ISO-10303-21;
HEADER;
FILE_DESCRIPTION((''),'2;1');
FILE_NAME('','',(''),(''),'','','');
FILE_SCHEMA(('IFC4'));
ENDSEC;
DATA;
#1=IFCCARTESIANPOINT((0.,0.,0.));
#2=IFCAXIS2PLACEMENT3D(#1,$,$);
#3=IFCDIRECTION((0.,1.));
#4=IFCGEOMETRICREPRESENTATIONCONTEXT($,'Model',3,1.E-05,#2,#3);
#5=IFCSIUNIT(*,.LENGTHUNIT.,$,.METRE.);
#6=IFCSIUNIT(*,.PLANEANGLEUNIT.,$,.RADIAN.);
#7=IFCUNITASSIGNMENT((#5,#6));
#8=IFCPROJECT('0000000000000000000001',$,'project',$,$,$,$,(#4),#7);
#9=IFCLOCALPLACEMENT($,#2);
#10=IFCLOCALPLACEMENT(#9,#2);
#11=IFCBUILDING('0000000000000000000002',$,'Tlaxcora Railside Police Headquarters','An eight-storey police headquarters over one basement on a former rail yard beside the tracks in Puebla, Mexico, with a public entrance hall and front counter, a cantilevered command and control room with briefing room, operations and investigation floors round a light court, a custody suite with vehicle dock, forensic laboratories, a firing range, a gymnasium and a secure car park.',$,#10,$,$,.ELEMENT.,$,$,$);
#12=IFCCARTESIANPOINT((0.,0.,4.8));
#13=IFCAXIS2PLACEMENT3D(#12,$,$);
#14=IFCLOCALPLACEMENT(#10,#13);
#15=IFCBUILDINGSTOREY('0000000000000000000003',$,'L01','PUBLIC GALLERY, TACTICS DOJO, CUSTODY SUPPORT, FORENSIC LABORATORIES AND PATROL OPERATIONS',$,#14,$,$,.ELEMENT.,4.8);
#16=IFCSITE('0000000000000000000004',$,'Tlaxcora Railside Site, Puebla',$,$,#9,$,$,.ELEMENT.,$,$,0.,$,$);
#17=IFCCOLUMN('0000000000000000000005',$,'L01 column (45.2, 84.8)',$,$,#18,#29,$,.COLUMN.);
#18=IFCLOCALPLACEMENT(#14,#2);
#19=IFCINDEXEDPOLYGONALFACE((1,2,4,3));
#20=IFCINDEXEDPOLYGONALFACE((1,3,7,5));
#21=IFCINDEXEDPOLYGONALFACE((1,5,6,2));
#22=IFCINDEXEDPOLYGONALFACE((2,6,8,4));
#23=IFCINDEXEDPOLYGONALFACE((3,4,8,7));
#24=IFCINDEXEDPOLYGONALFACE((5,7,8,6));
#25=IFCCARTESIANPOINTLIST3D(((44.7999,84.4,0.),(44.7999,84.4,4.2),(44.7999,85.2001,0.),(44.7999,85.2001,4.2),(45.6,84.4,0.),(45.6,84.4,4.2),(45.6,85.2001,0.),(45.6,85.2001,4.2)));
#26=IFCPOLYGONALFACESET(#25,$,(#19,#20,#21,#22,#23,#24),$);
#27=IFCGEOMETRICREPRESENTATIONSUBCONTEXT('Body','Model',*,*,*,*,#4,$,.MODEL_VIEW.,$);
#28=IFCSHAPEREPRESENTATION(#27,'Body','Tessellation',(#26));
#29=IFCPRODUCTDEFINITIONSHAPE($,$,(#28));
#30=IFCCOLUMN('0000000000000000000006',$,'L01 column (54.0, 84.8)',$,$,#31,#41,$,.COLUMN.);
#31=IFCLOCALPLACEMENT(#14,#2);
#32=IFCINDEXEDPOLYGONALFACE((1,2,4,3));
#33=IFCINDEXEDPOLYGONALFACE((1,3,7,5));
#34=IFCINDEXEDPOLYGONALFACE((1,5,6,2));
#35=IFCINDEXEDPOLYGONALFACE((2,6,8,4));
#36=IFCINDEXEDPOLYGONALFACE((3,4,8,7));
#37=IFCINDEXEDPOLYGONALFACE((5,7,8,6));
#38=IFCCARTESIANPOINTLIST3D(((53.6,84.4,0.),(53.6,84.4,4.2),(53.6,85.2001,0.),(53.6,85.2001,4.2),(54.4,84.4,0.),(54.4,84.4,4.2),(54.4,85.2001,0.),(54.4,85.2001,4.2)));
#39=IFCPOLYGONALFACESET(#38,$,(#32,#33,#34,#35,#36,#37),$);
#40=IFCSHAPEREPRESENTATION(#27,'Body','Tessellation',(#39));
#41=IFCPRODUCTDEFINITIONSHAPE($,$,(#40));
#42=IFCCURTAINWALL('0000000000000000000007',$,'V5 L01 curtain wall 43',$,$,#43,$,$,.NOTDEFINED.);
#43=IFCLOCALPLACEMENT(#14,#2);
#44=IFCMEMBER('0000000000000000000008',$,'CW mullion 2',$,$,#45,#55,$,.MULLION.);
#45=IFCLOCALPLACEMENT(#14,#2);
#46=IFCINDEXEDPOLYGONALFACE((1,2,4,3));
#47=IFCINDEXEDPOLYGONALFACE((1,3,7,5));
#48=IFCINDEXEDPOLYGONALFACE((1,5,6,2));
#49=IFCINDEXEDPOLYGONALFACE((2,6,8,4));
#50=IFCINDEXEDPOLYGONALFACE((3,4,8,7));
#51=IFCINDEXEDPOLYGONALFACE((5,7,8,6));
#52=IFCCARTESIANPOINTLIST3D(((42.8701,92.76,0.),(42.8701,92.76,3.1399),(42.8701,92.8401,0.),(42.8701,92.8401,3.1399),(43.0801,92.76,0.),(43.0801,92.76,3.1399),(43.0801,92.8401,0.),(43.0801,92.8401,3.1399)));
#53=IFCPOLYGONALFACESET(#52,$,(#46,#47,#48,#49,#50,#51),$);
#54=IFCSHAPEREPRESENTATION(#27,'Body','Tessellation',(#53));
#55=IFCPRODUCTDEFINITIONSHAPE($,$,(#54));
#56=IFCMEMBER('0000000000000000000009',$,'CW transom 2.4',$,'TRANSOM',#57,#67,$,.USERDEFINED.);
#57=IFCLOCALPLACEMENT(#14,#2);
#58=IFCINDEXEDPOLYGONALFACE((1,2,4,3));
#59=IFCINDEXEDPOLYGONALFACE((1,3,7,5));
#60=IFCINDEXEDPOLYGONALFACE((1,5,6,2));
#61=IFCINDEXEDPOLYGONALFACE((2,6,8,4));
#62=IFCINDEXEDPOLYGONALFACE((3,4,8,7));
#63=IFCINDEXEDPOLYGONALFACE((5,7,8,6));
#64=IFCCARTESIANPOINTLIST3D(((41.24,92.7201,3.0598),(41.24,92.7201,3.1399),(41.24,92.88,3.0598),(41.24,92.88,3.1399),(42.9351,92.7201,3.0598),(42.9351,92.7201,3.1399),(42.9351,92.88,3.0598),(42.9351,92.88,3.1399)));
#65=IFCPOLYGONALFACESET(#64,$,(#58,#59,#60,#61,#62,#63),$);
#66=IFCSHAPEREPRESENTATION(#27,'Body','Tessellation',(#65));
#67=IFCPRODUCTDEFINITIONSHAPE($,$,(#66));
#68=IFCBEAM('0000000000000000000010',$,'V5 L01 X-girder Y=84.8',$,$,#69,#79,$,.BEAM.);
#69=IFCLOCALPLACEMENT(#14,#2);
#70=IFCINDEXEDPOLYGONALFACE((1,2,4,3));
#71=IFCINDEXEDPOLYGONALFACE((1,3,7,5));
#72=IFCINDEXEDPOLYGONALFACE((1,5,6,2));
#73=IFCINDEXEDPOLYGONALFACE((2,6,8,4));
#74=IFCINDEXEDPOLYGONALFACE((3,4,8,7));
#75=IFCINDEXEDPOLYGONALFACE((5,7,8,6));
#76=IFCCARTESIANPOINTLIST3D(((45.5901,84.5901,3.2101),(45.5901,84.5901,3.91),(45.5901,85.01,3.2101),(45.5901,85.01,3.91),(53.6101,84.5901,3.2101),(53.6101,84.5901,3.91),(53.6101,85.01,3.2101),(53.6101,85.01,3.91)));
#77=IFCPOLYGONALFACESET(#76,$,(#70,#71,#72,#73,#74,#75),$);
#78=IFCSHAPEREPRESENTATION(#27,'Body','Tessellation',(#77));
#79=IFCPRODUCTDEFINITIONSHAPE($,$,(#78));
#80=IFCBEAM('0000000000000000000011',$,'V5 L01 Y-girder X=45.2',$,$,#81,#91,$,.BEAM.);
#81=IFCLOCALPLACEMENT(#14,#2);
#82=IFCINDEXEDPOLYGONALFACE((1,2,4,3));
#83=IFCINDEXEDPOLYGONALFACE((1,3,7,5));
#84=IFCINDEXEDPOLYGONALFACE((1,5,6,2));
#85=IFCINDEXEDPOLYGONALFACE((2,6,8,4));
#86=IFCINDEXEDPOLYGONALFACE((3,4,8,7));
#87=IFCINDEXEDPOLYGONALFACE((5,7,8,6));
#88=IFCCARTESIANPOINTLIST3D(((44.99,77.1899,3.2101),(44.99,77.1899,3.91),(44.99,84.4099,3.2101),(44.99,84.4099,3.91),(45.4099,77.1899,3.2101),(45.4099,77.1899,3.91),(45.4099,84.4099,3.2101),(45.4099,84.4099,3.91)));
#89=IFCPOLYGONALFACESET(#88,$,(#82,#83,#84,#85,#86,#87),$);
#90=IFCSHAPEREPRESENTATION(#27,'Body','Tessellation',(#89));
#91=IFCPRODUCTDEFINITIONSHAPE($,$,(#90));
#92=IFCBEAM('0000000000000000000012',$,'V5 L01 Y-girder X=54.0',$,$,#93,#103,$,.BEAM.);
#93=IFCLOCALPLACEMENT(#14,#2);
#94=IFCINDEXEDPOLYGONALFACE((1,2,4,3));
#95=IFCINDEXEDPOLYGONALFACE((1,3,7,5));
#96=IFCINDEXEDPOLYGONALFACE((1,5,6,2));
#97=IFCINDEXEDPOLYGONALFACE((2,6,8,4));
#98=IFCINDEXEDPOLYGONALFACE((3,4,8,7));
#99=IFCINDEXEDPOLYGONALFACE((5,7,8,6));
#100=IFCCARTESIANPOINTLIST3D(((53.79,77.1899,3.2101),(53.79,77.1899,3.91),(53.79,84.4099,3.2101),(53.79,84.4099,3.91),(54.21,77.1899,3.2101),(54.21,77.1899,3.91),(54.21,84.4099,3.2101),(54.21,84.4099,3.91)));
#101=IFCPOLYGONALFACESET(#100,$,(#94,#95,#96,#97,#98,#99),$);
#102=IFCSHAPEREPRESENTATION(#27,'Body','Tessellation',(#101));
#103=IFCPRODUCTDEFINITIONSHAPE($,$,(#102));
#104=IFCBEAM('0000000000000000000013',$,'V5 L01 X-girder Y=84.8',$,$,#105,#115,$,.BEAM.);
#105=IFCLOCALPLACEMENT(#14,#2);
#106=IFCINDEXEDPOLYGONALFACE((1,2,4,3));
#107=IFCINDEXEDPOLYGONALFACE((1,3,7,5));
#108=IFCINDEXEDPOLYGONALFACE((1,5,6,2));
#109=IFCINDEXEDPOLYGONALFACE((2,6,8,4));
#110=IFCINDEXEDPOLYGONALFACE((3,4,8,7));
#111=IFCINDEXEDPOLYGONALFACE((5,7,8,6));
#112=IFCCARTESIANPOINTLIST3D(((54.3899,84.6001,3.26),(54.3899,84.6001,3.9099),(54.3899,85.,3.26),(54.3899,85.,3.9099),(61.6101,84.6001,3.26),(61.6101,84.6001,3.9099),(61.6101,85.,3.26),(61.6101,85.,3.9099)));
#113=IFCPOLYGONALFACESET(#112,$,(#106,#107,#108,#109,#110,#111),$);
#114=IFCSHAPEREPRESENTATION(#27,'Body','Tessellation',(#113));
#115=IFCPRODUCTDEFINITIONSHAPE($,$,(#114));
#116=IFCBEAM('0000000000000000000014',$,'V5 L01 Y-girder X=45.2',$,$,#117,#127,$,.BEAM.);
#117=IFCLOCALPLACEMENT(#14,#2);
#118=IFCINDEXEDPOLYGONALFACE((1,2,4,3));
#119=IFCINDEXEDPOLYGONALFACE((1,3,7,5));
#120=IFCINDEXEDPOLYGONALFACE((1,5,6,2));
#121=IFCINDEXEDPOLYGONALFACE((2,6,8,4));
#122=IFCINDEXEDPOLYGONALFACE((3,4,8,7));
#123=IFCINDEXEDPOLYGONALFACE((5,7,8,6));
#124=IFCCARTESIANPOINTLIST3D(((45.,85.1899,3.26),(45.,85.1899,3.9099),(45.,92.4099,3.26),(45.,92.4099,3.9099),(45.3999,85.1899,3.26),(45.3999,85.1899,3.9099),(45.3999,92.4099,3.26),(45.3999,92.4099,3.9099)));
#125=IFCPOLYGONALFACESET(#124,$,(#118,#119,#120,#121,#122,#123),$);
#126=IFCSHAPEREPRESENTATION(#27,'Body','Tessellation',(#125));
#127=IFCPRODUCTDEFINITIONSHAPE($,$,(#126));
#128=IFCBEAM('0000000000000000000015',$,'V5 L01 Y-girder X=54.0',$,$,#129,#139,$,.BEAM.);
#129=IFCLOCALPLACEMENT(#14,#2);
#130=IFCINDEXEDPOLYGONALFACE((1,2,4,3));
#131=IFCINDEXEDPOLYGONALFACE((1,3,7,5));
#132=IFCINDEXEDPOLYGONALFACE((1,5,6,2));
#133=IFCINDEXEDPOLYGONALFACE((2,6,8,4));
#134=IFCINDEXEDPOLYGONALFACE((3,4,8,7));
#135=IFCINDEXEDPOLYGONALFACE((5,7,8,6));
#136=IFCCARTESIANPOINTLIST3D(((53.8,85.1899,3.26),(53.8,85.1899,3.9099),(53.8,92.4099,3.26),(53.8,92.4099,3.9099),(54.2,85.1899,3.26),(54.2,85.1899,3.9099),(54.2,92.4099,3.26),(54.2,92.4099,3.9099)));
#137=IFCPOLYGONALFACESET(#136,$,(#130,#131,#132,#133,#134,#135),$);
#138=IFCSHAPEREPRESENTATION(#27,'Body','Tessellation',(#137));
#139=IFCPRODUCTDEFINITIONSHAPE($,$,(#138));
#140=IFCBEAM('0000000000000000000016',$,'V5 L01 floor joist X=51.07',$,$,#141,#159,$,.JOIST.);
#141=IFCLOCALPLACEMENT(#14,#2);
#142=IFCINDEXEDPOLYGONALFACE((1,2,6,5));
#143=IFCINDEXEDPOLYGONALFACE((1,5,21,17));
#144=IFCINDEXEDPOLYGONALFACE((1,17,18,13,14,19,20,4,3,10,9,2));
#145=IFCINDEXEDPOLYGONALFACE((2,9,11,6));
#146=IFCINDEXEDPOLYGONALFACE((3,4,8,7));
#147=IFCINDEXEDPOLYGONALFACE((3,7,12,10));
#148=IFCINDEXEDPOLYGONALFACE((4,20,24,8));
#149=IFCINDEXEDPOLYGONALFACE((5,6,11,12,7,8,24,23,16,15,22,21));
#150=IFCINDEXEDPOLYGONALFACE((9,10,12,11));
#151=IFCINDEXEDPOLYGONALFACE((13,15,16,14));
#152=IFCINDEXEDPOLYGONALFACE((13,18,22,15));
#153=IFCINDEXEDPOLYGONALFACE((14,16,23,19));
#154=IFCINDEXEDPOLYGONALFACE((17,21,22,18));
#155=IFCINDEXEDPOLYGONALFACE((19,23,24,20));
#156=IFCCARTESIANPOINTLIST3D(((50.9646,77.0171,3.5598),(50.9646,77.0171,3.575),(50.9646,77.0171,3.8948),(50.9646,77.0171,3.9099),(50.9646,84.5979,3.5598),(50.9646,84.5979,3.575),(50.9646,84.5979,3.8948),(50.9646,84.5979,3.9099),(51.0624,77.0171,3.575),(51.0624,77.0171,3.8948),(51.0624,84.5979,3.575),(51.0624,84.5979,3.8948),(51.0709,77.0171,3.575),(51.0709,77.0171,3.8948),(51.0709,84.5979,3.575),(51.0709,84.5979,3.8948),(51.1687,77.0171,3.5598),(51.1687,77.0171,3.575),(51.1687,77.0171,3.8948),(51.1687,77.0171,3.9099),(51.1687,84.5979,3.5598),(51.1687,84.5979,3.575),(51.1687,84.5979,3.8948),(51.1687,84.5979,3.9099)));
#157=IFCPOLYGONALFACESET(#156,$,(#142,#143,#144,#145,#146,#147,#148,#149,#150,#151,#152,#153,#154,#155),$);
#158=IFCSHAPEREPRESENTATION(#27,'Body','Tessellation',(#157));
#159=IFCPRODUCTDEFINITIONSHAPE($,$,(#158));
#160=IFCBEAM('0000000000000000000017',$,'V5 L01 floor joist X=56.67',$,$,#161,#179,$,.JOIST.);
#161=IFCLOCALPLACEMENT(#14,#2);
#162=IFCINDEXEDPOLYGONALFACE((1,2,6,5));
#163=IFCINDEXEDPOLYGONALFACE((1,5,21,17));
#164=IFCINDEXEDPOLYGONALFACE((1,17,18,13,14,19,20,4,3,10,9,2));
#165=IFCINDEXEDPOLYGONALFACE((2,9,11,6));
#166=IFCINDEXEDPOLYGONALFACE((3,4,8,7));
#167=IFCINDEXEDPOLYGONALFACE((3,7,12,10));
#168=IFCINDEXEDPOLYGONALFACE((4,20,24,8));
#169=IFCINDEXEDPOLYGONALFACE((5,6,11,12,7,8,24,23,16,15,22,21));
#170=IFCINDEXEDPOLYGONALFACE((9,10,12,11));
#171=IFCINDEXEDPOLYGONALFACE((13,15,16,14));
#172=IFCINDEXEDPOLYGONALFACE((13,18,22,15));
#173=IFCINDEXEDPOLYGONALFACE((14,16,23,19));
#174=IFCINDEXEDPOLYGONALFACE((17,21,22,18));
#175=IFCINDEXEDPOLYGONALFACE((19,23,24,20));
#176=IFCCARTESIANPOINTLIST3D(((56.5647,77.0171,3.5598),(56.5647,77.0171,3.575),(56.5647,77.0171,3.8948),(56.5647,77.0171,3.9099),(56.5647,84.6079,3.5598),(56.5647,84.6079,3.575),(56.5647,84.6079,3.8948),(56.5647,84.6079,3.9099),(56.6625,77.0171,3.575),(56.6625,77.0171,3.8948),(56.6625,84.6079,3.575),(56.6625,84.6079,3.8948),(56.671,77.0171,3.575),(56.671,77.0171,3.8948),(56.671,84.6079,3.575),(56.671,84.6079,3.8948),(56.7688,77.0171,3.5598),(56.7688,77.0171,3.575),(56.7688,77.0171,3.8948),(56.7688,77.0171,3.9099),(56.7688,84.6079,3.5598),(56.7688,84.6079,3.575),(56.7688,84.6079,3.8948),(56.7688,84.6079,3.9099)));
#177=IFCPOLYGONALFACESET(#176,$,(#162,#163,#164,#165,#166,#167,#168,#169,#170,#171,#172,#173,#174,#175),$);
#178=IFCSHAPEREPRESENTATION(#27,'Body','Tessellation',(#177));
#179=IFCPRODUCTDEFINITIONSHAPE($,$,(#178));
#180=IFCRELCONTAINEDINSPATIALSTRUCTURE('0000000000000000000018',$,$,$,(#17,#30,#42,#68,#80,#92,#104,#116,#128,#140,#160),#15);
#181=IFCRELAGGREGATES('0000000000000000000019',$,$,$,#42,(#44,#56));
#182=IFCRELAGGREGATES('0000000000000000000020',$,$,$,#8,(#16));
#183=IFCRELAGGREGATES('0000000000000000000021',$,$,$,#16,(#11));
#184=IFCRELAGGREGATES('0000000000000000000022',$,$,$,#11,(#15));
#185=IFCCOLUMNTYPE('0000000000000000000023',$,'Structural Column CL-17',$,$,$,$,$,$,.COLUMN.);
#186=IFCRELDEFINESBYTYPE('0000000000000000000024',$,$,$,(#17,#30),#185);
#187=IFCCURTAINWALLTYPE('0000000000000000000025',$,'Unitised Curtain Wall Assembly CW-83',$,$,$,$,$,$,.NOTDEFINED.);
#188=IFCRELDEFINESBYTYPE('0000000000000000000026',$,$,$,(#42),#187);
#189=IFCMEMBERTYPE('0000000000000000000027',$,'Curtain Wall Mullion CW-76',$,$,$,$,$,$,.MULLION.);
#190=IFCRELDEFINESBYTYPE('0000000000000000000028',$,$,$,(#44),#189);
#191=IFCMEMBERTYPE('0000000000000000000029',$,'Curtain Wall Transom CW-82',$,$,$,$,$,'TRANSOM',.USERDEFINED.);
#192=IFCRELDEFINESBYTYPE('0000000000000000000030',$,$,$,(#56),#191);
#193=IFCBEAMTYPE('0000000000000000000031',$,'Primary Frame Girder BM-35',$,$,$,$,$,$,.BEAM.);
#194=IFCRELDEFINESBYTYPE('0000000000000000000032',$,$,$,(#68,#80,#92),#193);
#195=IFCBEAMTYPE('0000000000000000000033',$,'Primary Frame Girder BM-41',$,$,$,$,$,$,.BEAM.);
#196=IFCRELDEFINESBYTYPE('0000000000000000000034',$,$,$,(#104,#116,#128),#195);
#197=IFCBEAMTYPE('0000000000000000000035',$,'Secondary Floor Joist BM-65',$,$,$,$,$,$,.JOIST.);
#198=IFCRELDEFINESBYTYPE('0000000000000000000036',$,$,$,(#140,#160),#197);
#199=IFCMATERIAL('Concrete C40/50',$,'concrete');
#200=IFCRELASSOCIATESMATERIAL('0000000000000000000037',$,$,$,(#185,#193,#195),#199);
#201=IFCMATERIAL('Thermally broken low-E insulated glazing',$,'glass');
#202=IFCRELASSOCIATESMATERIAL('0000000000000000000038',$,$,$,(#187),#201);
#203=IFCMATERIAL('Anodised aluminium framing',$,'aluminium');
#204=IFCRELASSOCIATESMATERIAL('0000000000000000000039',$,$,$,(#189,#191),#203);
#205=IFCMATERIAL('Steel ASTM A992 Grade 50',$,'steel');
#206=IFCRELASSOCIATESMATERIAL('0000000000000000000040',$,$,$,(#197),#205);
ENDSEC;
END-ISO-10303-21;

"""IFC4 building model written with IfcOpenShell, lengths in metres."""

from ifc_helpers import new_model, si_unit, direction, frame, origin, origin_2d, place, context, subcontext, project, spatial, rectangle, i_section, extrude, material, material_profile, profile_set, type_object, element, aggregate, save


model = new_model("IFC4")

# Units and contexts
model_context = context("Model", 3, precision=1e-05, world=origin(), true_north=direction((0.0, 1.0)))
body_context = subcontext(model_context, "Body", "Model", "MODEL_VIEW")
ifc_project = project(units=[si_unit("LENGTHUNIT", "METRE"), si_unit("PLANEANGLEUNIT", "RADIAN")], contexts=[model_context])

# Site, building, storey
site_placement = place(None, origin())
site = spatial("IfcSite", under=ifc_project, at=site_placement, Name="Tlaxcora Railside Site, Puebla", CompositionType="ELEMENT", RefElevation=0.0)
building_placement = place(site_placement, origin())
building = spatial("IfcBuilding", under=site, at=building_placement, Name="Tlaxcora Railside Police Headquarters", Description="An eight-storey police headquarters over one basement on a former rail yard beside the tracks in Puebla, Mexico, with a public entrance hall and front counter, a cantilevered command and control room with briefing room, operations and investigation floors round a light court, a custody suite with vehicle dock, forensic laboratories, a firing range, a gymnasium and a secure car park.", CompositionType="ELEMENT")
storey_placement = place(building_placement, frame((0.0, 0.0, 4.8)))
storey = spatial("IfcBuildingStorey", under=building, at=storey_placement, Name="L01", Description="PUBLIC GALLERY, TACTICS DOJO, CUSTODY SUPPORT, FORENSIC LABORATORIES AND PATROL OPERATIONS", CompositionType="ELEMENT", Elevation=4.8)

# Columns
ifc_material_1 = material(Name="Concrete C40/50", Category="concrete")
ifc_material_profile_1 = material_profile(ifc_material_1, rectangle(XDim=0.8, YDim=0.8, at=origin_2d()), Name="RC800X800")
ifc_profile_set_1 = profile_set([ifc_material_profile_1], Name="Concrete C40/50")
column_type = type_object("IfcColumnType", Name="Structural Column CL-17", PredefinedType="COLUMN", material=ifc_profile_set_1)
for number, where, z_axis, x_axis, name in (
    (1, (45.2, 84.8, 0.0), (0.0, 0.0, 1.0), (1.0, 0.0, 0.0), "L01 column (45.2, 84.8)"),
    (2, (54.0, 84.8, 0.0), (0.0, 0.0, 1.0), (1.0, 0.0, 0.0), "L01 column (54.0, 84.8)"),
):
    element("IfcColumn", number, at=place(storey_placement, frame(where, z_axis=z_axis, x_axis=x_axis)), inside=storey, type_object=column_type, Name=name, PredefinedType="COLUMN", context=body_context, shape_type="SweptSolid", body=[
        extrude(rectangle(XDim=0.8, YDim=0.8, at=origin_2d()), origin(), (0.0, 0.0, 1.0), 4.2),
    ])

# Curtain wall, members
ifc_material_2 = material(Name="Thermally broken low-E insulated glazing", Category="glass")
curtain_wall_type = type_object("IfcCurtainWallType", Name="Unitised Curtain Wall Assembly CW-83", PredefinedType="NOTDEFINED", material=ifc_material_2)
curtain_wall_1_placement = place(storey_placement, origin())
curtain_wall_1 = element("IfcCurtainWall", 3, at=curtain_wall_1_placement, inside=storey, type_object=curtain_wall_type, Name="V5 L01 curtain wall 43", PredefinedType="NOTDEFINED")
ifc_material_3 = material(Name="Anodised aluminium framing", Category="aluminium")
ifc_material_profile_2 = material_profile(ifc_material_3, rectangle(XDim=0.0801, YDim=0.21, at=origin_2d()), Name="AL80X210")
ifc_profile_set_2 = profile_set([ifc_material_profile_2], Name="Anodised aluminium framing")
member_type_1 = type_object("IfcMemberType", Name="Curtain Wall Mullion CW-76", PredefinedType="MULLION", material=ifc_profile_set_2)
member_1_placement = place(storey_placement, frame((42.9751, 92.8, 0.0), z_axis=(0.0, 0.0, 1.0), x_axis=(0.0, -1.0, 0.0)))
member_1 = element("IfcMember", 4, at=member_1_placement, type_object=member_type_1, Name="CW mullion 2", PredefinedType="MULLION", context=body_context, shape_type="SweptSolid", body=[
    extrude(rectangle(XDim=0.0801, YDim=0.21, at=origin_2d()), origin(), (0.0, 0.0, 1.0), 3.1399),
])
ifc_material_profile_3 = material_profile(ifc_material_3, rectangle(XDim=0.1599, YDim=0.0801, at=origin_2d()), Name="AL80X160")
ifc_profile_set_3 = profile_set([ifc_material_profile_3], Name="Anodised aluminium framing")
member_type_2 = type_object("IfcMemberType", Name="Curtain Wall Transom CW-82", ElementType="TRANSOM", PredefinedType="USERDEFINED", material=ifc_profile_set_3)
member_2_placement = place(storey_placement, frame((42.9351, 92.8, 3.0999), z_axis=(-1.0, 0.0, 0.0), x_axis=(0.0, -1.0, 0.0)))
member_2 = element("IfcMember", 5, at=member_2_placement, type_object=member_type_2, Name="CW transom 2.4", ObjectType="TRANSOM", PredefinedType="USERDEFINED", context=body_context, shape_type="SweptSolid", body=[
    extrude(rectangle(XDim=0.1599, YDim=0.0801, at=origin_2d()), origin(), (0.0, 0.0, 1.0), 1.6951),
])

# Beams
ifc_material_profile_4 = material_profile(ifc_material_1, rectangle(XDim=0.4199, YDim=0.7, at=origin_2d()), Name="RC420X700")
ifc_profile_set_4 = profile_set([ifc_material_profile_4], Name="Concrete C40/50")
beam_type_1 = type_object("IfcBeamType", Name="Primary Frame Girder BM-35", PredefinedType="BEAM", material=ifc_profile_set_4)
beam_1_placement = place(storey_placement, frame((45.5901, 84.8, 3.5601), z_axis=(1.0, 0.0, 0.0), x_axis=(0.0, 1.0, 0.0)))
element("IfcBeam", 6, at=beam_1_placement, inside=storey, type_object=beam_type_1, Name="V5 L01 X-girder Y=84.8", PredefinedType="BEAM", context=body_context, shape_type="SweptSolid", body=[
    extrude(rectangle(XDim=0.4199, YDim=0.7, at=origin_2d()), origin(), (0.0, 0.0, 1.0), 8.02),
])
for number, where, z_axis, x_axis, name in (
    (7, (45.2, 77.1899, 3.5601), (0.0, 1.0, 0.0), (-1.0, 0.0, 0.0), "V5 L01 Y-girder X=45.2"),
    (8, (54.0, 77.1899, 3.5601), (0.0, 1.0, 0.0), (-1.0, 0.0, 0.0), "V5 L01 Y-girder X=54.0"),
):
    element("IfcBeam", number, at=place(storey_placement, frame(where, z_axis=z_axis, x_axis=x_axis)), inside=storey, type_object=beam_type_1, Name=name, PredefinedType="BEAM", context=body_context, shape_type="SweptSolid", body=[
        extrude(rectangle(XDim=0.4199, YDim=0.7, at=origin_2d()), origin(), (0.0, 0.0, 1.0), 7.22),
    ])
ifc_material_profile_5 = material_profile(ifc_material_1, rectangle(XDim=0.3999, YDim=0.6499, at=origin_2d()), Name="RC400X650")
ifc_profile_set_5 = profile_set([ifc_material_profile_5], Name="Concrete C40/50")
beam_type_2 = type_object("IfcBeamType", Name="Primary Frame Girder BM-41", PredefinedType="BEAM", material=ifc_profile_set_5)
beam_2_placement = place(storey_placement, frame((54.3899, 84.8, 3.585), z_axis=(1.0, 0.0, 0.0), x_axis=(0.0, 1.0, 0.0)))
element("IfcBeam", 9, at=beam_2_placement, inside=storey, type_object=beam_type_2, Name="V5 L01 X-girder Y=84.8", PredefinedType="BEAM", context=body_context, shape_type="SweptSolid", body=[
    extrude(rectangle(XDim=0.3999, YDim=0.6499, at=origin_2d()), origin(), (0.0, 0.0, 1.0), 7.2202),
])
for number, where, z_axis, x_axis, name in (
    (10, (45.2, 85.1899, 3.585), (0.0, 1.0, 0.0), (-1.0, 0.0, 0.0), "V5 L01 Y-girder X=45.2"),
    (11, (54.0, 85.1899, 3.585), (0.0, 1.0, 0.0), (-1.0, 0.0, 0.0), "V5 L01 Y-girder X=54.0"),
):
    element("IfcBeam", number, at=place(storey_placement, frame(where, z_axis=z_axis, x_axis=x_axis)), inside=storey, type_object=beam_type_2, Name=name, PredefinedType="BEAM", context=body_context, shape_type="SweptSolid", body=[
        extrude(rectangle(XDim=0.3999, YDim=0.6499, at=origin_2d()), origin(), (0.0, 0.0, 1.0), 7.22),
    ])
ifc_material_4 = material(Name="Steel ASTM A992 Grade 50", Category="steel")
ifc_material_profile_6 = material_profile(ifc_material_4, i_section(OverallWidth=0.2041, OverallDepth=0.3501, WebThickness=0.0085, FlangeThickness=0.0151, at=origin_2d()), Name="W14X48")
ifc_profile_set_6 = profile_set([ifc_material_profile_6], Name="Steel ASTM A992 Grade 50")
beam_type_3 = type_object("IfcBeamType", Name="Secondary Floor Joist BM-65", PredefinedType="JOIST", material=ifc_profile_set_6)
beam_3_placement = place(storey_placement, frame((51.0667, 77.0171, 3.7349), z_axis=(0.0, 1.0, 0.0), x_axis=(-1.0, 0.0, 0.0)))
element("IfcBeam", 12, at=beam_3_placement, inside=storey, type_object=beam_type_3, Name="V5 L01 floor joist X=51.07", PredefinedType="JOIST", context=body_context, shape_type="SweptSolid", body=[
    extrude(i_section(OverallWidth=0.2041, OverallDepth=0.3501, WebThickness=0.0085, FlangeThickness=0.0151, at=origin_2d()), origin(), (0.0, 0.0, 1.0), 7.5808),
])
beam_4_placement = place(storey_placement, frame((56.6667, 77.0171, 3.7349), z_axis=(0.0, 1.0, 0.0), x_axis=(-1.0, 0.0, 0.0)))
element("IfcBeam", 13, at=beam_4_placement, inside=storey, type_object=beam_type_3, Name="V5 L01 floor joist X=56.67", PredefinedType="JOIST", context=body_context, shape_type="SweptSolid", body=[
    extrude(i_section(OverallWidth=0.2041, OverallDepth=0.3501, WebThickness=0.0085, FlangeThickness=0.0151, at=origin_2d()), origin(), (0.0, 0.0, 1.0), 7.5908),
])

aggregate(curtain_wall_1, [member_1, member_2])

save(model, "model.ifc")
